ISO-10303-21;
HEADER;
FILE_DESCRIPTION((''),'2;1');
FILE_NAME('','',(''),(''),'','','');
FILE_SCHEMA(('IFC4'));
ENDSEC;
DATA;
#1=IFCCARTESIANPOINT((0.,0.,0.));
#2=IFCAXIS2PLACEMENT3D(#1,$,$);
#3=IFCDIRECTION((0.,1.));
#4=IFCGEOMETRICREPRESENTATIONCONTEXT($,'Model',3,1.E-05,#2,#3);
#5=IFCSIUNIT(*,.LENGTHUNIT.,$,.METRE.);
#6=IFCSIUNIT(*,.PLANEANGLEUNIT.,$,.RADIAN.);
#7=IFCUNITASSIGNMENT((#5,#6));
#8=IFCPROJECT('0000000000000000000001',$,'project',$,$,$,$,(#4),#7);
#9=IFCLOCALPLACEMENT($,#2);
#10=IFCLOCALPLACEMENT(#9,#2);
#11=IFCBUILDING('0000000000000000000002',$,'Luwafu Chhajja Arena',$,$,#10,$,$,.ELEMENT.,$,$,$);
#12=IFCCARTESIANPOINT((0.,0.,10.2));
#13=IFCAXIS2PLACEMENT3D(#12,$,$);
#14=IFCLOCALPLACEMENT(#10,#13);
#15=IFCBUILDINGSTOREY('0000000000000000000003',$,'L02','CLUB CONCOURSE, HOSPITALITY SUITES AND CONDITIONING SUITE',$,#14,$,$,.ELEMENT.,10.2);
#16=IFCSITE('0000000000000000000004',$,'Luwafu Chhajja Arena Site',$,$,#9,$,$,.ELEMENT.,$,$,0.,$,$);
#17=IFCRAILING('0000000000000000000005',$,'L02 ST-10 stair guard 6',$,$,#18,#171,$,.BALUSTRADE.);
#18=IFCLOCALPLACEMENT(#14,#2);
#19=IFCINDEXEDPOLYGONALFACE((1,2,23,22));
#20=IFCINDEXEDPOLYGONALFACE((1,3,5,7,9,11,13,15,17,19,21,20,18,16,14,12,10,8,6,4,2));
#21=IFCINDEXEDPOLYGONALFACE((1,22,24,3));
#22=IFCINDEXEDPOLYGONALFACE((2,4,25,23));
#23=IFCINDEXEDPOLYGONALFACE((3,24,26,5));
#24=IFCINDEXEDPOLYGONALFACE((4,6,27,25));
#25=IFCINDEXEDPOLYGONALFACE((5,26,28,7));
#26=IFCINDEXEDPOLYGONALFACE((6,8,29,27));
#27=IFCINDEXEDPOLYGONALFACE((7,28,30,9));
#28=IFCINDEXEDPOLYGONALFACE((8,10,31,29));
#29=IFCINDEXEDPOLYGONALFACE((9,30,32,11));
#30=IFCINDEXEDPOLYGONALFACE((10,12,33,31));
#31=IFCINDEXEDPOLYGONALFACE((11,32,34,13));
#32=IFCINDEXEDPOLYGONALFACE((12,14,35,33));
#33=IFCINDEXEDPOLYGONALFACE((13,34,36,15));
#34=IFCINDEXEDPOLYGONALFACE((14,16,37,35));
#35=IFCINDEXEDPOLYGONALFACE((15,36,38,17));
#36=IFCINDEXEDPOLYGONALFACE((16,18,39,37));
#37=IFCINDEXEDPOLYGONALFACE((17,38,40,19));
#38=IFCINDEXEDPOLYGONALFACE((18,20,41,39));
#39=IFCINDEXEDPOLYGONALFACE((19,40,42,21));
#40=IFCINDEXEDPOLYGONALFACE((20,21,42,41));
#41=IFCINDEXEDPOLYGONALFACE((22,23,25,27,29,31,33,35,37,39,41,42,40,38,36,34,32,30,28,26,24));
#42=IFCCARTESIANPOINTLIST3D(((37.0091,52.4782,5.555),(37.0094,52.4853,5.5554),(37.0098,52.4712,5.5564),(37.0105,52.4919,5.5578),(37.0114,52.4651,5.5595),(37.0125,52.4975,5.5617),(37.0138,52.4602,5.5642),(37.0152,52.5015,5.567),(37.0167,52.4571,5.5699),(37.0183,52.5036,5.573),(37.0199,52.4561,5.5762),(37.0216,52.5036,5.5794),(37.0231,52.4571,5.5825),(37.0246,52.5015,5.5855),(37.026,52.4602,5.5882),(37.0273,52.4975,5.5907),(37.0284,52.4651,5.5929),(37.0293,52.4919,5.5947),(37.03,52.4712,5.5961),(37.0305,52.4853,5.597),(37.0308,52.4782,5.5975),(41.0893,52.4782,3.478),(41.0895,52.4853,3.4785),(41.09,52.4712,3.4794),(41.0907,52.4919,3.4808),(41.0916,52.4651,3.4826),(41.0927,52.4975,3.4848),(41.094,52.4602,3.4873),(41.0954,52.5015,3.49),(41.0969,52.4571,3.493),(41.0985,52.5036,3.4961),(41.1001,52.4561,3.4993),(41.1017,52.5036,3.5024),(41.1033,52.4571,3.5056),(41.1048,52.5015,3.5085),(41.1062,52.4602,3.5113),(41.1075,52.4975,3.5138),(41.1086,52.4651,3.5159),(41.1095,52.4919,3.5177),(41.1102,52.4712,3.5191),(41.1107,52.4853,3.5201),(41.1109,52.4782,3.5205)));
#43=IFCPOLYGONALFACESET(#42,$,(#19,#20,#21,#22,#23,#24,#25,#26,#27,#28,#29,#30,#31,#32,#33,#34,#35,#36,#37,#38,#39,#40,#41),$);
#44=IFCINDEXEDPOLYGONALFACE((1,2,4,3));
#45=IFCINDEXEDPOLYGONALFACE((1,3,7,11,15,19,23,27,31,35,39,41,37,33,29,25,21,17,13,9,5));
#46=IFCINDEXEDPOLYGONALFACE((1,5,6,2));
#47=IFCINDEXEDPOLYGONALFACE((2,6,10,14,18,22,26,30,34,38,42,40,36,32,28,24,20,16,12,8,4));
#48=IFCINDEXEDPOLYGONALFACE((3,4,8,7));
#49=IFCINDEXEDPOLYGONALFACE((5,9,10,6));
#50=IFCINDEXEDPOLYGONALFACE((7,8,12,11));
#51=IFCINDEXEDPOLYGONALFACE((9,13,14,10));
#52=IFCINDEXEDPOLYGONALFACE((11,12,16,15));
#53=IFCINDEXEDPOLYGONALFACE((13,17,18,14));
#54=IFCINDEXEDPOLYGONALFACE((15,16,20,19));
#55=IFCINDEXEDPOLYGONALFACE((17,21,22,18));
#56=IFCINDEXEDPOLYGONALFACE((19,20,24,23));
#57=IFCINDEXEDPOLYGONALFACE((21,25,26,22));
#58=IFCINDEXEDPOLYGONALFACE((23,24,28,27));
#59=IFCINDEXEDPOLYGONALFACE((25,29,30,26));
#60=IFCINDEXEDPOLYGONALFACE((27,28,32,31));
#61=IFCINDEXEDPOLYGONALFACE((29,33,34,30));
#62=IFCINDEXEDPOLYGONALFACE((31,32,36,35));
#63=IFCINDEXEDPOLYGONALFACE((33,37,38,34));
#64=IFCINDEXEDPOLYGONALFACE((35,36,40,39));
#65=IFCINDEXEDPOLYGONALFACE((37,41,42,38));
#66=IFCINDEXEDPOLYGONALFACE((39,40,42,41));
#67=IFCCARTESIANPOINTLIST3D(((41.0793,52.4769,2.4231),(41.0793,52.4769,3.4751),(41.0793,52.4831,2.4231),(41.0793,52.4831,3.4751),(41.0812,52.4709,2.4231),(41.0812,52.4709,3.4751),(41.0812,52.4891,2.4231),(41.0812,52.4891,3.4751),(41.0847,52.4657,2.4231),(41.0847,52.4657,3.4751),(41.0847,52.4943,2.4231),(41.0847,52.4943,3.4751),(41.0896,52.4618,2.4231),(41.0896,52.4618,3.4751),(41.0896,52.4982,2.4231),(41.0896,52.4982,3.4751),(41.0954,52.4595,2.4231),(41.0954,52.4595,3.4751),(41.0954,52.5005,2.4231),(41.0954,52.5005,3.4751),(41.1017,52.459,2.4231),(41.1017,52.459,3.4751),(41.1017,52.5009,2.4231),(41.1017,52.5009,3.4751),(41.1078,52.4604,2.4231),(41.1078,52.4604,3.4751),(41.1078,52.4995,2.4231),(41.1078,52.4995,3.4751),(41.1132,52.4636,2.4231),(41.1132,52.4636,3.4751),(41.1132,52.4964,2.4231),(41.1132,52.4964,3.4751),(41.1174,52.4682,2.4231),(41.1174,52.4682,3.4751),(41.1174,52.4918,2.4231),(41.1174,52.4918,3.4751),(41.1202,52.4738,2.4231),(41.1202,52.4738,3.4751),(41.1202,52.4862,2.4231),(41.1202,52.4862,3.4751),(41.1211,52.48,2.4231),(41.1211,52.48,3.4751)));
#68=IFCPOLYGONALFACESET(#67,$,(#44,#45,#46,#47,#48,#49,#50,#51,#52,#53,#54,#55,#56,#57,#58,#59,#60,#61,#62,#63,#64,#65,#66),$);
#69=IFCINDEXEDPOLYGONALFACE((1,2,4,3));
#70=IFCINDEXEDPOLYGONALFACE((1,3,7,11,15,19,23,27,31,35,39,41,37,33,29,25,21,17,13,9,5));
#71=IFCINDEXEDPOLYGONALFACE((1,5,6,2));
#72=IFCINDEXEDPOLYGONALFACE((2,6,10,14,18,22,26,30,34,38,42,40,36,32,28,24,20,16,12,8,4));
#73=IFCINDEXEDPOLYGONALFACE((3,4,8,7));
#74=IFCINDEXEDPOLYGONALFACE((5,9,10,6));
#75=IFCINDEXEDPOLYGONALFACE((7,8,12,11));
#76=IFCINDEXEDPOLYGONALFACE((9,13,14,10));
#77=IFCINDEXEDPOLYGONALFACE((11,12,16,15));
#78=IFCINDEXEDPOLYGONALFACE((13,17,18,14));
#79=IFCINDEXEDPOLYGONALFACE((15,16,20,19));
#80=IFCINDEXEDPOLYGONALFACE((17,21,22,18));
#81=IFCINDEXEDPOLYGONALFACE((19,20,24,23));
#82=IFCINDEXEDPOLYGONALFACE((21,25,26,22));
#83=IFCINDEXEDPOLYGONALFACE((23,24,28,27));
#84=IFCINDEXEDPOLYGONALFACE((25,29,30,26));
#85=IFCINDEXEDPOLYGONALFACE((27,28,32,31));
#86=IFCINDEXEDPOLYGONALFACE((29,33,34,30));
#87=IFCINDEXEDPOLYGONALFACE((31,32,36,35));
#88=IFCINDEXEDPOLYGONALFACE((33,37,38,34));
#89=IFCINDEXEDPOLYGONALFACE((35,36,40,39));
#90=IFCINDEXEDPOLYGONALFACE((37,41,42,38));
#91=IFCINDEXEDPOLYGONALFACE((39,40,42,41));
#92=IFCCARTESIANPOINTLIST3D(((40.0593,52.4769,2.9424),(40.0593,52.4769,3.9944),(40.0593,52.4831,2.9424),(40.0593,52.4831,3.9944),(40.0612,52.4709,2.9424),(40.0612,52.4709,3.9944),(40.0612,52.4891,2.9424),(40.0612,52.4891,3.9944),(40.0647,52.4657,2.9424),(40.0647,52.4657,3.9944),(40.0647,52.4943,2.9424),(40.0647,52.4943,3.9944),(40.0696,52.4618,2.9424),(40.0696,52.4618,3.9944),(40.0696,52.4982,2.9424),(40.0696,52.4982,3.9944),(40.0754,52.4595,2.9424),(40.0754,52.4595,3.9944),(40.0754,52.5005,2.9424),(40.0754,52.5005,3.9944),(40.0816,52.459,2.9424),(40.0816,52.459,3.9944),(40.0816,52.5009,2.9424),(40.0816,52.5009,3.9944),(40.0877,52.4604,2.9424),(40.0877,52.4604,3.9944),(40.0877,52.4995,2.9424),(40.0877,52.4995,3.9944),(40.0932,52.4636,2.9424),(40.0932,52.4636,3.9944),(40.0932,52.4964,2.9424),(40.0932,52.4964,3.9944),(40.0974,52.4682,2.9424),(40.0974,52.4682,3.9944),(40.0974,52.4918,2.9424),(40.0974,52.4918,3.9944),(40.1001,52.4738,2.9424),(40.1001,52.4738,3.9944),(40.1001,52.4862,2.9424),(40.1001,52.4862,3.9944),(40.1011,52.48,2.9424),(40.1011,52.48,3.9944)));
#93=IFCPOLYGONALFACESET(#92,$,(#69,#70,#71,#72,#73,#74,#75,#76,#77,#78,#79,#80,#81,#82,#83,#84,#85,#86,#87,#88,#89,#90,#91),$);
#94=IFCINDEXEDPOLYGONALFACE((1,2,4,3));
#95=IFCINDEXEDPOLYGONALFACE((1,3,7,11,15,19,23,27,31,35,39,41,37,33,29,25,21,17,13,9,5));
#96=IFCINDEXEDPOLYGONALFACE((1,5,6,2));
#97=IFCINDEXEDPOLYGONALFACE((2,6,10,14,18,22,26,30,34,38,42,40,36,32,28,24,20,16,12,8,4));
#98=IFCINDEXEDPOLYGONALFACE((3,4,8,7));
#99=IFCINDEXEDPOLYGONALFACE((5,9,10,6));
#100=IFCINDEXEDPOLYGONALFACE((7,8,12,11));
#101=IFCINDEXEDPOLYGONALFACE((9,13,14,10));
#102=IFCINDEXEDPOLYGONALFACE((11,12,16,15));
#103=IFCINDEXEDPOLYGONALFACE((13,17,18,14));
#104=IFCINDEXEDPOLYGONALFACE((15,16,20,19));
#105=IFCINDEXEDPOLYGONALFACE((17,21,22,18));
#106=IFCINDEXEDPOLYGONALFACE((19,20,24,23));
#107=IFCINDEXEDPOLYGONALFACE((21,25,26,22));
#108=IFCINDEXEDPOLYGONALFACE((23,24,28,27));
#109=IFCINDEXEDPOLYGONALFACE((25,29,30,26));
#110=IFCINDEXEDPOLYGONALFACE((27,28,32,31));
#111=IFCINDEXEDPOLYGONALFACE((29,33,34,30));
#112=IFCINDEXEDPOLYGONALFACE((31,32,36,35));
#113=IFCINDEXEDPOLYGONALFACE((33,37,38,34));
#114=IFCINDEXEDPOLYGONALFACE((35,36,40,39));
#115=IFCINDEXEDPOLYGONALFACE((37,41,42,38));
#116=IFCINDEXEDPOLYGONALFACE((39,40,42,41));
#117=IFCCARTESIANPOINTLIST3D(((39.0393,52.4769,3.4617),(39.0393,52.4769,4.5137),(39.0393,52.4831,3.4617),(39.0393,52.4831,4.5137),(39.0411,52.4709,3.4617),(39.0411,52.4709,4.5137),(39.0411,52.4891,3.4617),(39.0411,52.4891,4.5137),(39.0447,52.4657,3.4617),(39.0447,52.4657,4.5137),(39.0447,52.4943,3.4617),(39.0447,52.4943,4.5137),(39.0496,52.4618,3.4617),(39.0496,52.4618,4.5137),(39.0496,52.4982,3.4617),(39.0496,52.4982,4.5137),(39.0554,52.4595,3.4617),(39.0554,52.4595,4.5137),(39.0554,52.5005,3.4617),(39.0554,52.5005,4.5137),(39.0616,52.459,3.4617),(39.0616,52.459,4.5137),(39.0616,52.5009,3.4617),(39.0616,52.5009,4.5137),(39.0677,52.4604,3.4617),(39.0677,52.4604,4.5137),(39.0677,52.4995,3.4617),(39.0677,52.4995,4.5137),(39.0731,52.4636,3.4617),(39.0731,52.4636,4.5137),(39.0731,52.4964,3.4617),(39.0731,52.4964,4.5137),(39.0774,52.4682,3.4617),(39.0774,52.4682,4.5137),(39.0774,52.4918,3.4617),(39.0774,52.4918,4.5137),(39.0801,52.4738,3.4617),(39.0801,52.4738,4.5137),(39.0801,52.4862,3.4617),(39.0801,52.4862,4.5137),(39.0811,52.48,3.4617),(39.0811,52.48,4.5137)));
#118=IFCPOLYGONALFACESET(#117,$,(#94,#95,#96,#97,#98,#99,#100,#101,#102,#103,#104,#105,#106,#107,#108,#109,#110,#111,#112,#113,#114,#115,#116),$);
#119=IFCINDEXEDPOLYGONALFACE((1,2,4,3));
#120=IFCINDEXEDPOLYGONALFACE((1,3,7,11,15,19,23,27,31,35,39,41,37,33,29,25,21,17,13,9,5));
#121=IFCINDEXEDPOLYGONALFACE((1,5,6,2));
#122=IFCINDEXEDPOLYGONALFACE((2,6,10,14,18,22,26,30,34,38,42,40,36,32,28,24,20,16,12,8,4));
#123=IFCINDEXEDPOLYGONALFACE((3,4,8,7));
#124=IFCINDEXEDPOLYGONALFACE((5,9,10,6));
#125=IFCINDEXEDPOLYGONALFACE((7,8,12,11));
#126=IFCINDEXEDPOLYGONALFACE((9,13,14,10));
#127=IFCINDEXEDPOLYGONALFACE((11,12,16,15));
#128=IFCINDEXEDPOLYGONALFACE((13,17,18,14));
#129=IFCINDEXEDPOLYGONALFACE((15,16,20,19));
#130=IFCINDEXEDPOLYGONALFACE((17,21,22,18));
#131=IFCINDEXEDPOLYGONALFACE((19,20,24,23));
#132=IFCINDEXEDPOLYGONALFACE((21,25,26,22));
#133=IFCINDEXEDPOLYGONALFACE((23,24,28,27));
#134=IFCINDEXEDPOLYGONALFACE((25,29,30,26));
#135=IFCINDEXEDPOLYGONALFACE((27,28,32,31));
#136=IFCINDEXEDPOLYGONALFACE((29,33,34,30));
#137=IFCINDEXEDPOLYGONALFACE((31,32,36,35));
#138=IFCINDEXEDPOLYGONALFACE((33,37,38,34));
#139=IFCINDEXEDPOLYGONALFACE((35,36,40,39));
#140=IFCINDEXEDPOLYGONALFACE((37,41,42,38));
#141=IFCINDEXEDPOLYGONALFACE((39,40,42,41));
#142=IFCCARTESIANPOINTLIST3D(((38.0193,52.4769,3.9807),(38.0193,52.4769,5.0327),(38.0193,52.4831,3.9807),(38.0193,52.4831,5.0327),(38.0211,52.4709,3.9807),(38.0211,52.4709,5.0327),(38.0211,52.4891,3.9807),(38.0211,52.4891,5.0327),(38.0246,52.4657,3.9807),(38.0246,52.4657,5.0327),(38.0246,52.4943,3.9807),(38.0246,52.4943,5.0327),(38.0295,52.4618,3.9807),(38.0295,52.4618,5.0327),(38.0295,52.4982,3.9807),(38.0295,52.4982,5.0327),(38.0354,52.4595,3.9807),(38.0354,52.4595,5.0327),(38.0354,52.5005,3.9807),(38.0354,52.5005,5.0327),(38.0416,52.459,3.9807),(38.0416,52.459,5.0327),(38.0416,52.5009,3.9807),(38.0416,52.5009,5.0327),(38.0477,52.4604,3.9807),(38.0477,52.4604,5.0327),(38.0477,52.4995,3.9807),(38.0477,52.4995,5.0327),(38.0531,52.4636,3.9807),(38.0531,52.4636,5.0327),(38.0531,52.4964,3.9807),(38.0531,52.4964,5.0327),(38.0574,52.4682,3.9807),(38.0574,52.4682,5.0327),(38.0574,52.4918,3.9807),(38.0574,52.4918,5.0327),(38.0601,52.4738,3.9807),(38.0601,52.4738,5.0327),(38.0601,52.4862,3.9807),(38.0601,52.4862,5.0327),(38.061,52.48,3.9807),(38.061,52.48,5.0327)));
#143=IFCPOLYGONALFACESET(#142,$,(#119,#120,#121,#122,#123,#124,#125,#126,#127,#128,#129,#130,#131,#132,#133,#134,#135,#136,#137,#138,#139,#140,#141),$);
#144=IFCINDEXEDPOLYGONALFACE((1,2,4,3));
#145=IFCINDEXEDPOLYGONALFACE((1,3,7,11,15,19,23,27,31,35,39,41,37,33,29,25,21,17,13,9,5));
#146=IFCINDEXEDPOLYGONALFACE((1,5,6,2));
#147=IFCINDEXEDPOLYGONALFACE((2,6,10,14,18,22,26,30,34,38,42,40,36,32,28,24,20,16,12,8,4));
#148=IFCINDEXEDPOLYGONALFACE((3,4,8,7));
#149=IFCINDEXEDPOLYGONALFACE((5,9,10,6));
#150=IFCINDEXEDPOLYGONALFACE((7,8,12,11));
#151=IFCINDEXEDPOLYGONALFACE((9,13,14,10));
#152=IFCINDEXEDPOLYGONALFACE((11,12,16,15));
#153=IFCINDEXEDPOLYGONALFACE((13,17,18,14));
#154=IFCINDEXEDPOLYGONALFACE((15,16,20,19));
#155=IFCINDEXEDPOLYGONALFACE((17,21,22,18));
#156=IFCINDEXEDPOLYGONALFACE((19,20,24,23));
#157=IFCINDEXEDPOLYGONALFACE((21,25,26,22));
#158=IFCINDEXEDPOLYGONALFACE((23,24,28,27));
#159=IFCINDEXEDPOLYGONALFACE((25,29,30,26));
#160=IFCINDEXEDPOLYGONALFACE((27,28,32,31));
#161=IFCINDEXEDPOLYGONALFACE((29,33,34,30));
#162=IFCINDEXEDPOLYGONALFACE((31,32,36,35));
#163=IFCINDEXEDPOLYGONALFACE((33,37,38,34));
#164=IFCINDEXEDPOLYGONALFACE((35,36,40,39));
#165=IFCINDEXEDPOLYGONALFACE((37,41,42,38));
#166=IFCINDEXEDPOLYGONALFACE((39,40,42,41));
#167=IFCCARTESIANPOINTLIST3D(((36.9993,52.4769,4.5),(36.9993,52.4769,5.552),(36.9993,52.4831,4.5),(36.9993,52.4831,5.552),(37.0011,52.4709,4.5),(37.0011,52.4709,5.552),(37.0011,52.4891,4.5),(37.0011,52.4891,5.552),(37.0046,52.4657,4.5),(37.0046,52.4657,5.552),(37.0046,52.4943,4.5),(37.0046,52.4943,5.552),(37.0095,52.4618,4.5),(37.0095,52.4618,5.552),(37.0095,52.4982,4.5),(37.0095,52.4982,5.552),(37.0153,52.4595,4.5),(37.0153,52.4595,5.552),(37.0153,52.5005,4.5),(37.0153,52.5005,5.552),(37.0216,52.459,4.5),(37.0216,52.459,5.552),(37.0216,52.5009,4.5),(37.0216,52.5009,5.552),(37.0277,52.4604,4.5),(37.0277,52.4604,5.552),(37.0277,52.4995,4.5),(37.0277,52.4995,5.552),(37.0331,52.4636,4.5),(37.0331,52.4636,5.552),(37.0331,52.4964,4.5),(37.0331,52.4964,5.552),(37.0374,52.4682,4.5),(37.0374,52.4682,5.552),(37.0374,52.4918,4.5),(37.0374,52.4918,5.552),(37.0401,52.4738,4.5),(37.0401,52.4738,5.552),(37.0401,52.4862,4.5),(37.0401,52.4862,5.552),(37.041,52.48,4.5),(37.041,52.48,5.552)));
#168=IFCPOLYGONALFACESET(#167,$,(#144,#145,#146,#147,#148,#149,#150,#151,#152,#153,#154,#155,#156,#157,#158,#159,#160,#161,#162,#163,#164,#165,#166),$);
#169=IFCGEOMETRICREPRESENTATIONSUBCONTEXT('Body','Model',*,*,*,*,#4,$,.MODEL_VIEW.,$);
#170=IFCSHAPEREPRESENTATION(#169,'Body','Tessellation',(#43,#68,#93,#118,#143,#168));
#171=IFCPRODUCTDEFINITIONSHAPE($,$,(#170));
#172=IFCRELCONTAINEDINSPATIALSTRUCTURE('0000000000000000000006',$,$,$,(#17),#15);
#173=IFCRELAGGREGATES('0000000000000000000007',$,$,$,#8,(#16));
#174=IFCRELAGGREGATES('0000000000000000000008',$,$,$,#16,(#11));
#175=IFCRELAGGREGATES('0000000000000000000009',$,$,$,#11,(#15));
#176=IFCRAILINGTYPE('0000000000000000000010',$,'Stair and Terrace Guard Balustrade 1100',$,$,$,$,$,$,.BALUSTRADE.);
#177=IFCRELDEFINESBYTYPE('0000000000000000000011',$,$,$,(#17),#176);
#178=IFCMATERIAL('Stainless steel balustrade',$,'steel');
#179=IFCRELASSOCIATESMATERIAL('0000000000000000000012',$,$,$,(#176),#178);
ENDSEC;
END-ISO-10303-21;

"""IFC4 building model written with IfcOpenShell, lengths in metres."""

from ifc_helpers import new_model, si_unit, direction, frame, origin, origin_2d, place, context, subcontext, project, spatial, circle, extrude, material, type_object, element, save


model = new_model("IFC4")

# Units and contexts
model_context = context("Model", 3, precision=1e-05, world=origin(), true_north=direction((0.0, 1.0)))
body_context = subcontext(model_context, "Body", "Model", "MODEL_VIEW")
ifc_project = project(units=[si_unit("LENGTHUNIT", "METRE"), si_unit("PLANEANGLEUNIT", "RADIAN")], contexts=[model_context])

# Site, building, storey
site_placement = place(None, origin())
site = spatial("IfcSite", under=ifc_project, at=site_placement, Name="Luwafu Chhajja Arena Site", CompositionType="ELEMENT", RefElevation=0.0)
building_placement = place(site_placement, origin())
building = spatial("IfcBuilding", under=site, at=building_placement, Name="Luwafu Chhajja Arena", CompositionType="ELEMENT")
storey_placement = place(building_placement, frame((0.0, 0.0, 10.2)))
storey = spatial("IfcBuildingStorey", under=building, at=storey_placement, Name="L02", Description="CLUB CONCOURSE, HOSPITALITY SUITES AND CONDITIONING SUITE", CompositionType="ELEMENT", Elevation=10.2)

# Railing
ifc_material_1 = material(Name="Stainless steel balustrade", Category="steel")
railing_type_1 = type_object("IfcRailingType", Name="Stair and Terrace Guard Balustrade 1100", PredefinedType="BALUSTRADE", material=ifc_material_1)
railing_1_placement = place(storey_placement, frame((41.1001, 52.48, 2.4231)))
element("IfcRailing", 1, at=railing_1_placement, inside=storey, type_object=railing_type_1, Name="L02 ST-10 stair guard 6", PredefinedType="BALUSTRADE", context=body_context, shape_type="SweptSolid", body=[
    extrude(circle(Radius=0.0239, at=origin_2d()), frame((0.0, 0.0, 1.0762), z_axis=(-0.891183, 0.0, 0.453644), x_axis=(0.0, -1.0, 0.0)), (0.0, 0.0, 1.0), 4.5784),
    extrude(circle(Radius=0.021, at=origin_2d()), origin(), (0.0, 0.0, 1.0), 1.052),
    extrude(circle(Radius=0.021, at=origin_2d()), frame((-1.02, 0.0, 0.5193)), (0.0, 0.0, 1.0), 1.052),
    extrude(circle(Radius=0.021, at=origin_2d()), frame((-2.04, 0.0, 1.0386)), (0.0, 0.0, 1.0), 1.052),
    extrude(circle(Radius=0.021, at=origin_2d()), frame((-3.0601, 0.0, 1.5576)), (0.0, 0.0, 1.0), 1.052),
    extrude(circle(Radius=0.021, at=origin_2d()), frame((-4.0801, 0.0, 2.0769)), (0.0, 0.0, 1.0), 1.052),
])

save(model, "model.ifc")
